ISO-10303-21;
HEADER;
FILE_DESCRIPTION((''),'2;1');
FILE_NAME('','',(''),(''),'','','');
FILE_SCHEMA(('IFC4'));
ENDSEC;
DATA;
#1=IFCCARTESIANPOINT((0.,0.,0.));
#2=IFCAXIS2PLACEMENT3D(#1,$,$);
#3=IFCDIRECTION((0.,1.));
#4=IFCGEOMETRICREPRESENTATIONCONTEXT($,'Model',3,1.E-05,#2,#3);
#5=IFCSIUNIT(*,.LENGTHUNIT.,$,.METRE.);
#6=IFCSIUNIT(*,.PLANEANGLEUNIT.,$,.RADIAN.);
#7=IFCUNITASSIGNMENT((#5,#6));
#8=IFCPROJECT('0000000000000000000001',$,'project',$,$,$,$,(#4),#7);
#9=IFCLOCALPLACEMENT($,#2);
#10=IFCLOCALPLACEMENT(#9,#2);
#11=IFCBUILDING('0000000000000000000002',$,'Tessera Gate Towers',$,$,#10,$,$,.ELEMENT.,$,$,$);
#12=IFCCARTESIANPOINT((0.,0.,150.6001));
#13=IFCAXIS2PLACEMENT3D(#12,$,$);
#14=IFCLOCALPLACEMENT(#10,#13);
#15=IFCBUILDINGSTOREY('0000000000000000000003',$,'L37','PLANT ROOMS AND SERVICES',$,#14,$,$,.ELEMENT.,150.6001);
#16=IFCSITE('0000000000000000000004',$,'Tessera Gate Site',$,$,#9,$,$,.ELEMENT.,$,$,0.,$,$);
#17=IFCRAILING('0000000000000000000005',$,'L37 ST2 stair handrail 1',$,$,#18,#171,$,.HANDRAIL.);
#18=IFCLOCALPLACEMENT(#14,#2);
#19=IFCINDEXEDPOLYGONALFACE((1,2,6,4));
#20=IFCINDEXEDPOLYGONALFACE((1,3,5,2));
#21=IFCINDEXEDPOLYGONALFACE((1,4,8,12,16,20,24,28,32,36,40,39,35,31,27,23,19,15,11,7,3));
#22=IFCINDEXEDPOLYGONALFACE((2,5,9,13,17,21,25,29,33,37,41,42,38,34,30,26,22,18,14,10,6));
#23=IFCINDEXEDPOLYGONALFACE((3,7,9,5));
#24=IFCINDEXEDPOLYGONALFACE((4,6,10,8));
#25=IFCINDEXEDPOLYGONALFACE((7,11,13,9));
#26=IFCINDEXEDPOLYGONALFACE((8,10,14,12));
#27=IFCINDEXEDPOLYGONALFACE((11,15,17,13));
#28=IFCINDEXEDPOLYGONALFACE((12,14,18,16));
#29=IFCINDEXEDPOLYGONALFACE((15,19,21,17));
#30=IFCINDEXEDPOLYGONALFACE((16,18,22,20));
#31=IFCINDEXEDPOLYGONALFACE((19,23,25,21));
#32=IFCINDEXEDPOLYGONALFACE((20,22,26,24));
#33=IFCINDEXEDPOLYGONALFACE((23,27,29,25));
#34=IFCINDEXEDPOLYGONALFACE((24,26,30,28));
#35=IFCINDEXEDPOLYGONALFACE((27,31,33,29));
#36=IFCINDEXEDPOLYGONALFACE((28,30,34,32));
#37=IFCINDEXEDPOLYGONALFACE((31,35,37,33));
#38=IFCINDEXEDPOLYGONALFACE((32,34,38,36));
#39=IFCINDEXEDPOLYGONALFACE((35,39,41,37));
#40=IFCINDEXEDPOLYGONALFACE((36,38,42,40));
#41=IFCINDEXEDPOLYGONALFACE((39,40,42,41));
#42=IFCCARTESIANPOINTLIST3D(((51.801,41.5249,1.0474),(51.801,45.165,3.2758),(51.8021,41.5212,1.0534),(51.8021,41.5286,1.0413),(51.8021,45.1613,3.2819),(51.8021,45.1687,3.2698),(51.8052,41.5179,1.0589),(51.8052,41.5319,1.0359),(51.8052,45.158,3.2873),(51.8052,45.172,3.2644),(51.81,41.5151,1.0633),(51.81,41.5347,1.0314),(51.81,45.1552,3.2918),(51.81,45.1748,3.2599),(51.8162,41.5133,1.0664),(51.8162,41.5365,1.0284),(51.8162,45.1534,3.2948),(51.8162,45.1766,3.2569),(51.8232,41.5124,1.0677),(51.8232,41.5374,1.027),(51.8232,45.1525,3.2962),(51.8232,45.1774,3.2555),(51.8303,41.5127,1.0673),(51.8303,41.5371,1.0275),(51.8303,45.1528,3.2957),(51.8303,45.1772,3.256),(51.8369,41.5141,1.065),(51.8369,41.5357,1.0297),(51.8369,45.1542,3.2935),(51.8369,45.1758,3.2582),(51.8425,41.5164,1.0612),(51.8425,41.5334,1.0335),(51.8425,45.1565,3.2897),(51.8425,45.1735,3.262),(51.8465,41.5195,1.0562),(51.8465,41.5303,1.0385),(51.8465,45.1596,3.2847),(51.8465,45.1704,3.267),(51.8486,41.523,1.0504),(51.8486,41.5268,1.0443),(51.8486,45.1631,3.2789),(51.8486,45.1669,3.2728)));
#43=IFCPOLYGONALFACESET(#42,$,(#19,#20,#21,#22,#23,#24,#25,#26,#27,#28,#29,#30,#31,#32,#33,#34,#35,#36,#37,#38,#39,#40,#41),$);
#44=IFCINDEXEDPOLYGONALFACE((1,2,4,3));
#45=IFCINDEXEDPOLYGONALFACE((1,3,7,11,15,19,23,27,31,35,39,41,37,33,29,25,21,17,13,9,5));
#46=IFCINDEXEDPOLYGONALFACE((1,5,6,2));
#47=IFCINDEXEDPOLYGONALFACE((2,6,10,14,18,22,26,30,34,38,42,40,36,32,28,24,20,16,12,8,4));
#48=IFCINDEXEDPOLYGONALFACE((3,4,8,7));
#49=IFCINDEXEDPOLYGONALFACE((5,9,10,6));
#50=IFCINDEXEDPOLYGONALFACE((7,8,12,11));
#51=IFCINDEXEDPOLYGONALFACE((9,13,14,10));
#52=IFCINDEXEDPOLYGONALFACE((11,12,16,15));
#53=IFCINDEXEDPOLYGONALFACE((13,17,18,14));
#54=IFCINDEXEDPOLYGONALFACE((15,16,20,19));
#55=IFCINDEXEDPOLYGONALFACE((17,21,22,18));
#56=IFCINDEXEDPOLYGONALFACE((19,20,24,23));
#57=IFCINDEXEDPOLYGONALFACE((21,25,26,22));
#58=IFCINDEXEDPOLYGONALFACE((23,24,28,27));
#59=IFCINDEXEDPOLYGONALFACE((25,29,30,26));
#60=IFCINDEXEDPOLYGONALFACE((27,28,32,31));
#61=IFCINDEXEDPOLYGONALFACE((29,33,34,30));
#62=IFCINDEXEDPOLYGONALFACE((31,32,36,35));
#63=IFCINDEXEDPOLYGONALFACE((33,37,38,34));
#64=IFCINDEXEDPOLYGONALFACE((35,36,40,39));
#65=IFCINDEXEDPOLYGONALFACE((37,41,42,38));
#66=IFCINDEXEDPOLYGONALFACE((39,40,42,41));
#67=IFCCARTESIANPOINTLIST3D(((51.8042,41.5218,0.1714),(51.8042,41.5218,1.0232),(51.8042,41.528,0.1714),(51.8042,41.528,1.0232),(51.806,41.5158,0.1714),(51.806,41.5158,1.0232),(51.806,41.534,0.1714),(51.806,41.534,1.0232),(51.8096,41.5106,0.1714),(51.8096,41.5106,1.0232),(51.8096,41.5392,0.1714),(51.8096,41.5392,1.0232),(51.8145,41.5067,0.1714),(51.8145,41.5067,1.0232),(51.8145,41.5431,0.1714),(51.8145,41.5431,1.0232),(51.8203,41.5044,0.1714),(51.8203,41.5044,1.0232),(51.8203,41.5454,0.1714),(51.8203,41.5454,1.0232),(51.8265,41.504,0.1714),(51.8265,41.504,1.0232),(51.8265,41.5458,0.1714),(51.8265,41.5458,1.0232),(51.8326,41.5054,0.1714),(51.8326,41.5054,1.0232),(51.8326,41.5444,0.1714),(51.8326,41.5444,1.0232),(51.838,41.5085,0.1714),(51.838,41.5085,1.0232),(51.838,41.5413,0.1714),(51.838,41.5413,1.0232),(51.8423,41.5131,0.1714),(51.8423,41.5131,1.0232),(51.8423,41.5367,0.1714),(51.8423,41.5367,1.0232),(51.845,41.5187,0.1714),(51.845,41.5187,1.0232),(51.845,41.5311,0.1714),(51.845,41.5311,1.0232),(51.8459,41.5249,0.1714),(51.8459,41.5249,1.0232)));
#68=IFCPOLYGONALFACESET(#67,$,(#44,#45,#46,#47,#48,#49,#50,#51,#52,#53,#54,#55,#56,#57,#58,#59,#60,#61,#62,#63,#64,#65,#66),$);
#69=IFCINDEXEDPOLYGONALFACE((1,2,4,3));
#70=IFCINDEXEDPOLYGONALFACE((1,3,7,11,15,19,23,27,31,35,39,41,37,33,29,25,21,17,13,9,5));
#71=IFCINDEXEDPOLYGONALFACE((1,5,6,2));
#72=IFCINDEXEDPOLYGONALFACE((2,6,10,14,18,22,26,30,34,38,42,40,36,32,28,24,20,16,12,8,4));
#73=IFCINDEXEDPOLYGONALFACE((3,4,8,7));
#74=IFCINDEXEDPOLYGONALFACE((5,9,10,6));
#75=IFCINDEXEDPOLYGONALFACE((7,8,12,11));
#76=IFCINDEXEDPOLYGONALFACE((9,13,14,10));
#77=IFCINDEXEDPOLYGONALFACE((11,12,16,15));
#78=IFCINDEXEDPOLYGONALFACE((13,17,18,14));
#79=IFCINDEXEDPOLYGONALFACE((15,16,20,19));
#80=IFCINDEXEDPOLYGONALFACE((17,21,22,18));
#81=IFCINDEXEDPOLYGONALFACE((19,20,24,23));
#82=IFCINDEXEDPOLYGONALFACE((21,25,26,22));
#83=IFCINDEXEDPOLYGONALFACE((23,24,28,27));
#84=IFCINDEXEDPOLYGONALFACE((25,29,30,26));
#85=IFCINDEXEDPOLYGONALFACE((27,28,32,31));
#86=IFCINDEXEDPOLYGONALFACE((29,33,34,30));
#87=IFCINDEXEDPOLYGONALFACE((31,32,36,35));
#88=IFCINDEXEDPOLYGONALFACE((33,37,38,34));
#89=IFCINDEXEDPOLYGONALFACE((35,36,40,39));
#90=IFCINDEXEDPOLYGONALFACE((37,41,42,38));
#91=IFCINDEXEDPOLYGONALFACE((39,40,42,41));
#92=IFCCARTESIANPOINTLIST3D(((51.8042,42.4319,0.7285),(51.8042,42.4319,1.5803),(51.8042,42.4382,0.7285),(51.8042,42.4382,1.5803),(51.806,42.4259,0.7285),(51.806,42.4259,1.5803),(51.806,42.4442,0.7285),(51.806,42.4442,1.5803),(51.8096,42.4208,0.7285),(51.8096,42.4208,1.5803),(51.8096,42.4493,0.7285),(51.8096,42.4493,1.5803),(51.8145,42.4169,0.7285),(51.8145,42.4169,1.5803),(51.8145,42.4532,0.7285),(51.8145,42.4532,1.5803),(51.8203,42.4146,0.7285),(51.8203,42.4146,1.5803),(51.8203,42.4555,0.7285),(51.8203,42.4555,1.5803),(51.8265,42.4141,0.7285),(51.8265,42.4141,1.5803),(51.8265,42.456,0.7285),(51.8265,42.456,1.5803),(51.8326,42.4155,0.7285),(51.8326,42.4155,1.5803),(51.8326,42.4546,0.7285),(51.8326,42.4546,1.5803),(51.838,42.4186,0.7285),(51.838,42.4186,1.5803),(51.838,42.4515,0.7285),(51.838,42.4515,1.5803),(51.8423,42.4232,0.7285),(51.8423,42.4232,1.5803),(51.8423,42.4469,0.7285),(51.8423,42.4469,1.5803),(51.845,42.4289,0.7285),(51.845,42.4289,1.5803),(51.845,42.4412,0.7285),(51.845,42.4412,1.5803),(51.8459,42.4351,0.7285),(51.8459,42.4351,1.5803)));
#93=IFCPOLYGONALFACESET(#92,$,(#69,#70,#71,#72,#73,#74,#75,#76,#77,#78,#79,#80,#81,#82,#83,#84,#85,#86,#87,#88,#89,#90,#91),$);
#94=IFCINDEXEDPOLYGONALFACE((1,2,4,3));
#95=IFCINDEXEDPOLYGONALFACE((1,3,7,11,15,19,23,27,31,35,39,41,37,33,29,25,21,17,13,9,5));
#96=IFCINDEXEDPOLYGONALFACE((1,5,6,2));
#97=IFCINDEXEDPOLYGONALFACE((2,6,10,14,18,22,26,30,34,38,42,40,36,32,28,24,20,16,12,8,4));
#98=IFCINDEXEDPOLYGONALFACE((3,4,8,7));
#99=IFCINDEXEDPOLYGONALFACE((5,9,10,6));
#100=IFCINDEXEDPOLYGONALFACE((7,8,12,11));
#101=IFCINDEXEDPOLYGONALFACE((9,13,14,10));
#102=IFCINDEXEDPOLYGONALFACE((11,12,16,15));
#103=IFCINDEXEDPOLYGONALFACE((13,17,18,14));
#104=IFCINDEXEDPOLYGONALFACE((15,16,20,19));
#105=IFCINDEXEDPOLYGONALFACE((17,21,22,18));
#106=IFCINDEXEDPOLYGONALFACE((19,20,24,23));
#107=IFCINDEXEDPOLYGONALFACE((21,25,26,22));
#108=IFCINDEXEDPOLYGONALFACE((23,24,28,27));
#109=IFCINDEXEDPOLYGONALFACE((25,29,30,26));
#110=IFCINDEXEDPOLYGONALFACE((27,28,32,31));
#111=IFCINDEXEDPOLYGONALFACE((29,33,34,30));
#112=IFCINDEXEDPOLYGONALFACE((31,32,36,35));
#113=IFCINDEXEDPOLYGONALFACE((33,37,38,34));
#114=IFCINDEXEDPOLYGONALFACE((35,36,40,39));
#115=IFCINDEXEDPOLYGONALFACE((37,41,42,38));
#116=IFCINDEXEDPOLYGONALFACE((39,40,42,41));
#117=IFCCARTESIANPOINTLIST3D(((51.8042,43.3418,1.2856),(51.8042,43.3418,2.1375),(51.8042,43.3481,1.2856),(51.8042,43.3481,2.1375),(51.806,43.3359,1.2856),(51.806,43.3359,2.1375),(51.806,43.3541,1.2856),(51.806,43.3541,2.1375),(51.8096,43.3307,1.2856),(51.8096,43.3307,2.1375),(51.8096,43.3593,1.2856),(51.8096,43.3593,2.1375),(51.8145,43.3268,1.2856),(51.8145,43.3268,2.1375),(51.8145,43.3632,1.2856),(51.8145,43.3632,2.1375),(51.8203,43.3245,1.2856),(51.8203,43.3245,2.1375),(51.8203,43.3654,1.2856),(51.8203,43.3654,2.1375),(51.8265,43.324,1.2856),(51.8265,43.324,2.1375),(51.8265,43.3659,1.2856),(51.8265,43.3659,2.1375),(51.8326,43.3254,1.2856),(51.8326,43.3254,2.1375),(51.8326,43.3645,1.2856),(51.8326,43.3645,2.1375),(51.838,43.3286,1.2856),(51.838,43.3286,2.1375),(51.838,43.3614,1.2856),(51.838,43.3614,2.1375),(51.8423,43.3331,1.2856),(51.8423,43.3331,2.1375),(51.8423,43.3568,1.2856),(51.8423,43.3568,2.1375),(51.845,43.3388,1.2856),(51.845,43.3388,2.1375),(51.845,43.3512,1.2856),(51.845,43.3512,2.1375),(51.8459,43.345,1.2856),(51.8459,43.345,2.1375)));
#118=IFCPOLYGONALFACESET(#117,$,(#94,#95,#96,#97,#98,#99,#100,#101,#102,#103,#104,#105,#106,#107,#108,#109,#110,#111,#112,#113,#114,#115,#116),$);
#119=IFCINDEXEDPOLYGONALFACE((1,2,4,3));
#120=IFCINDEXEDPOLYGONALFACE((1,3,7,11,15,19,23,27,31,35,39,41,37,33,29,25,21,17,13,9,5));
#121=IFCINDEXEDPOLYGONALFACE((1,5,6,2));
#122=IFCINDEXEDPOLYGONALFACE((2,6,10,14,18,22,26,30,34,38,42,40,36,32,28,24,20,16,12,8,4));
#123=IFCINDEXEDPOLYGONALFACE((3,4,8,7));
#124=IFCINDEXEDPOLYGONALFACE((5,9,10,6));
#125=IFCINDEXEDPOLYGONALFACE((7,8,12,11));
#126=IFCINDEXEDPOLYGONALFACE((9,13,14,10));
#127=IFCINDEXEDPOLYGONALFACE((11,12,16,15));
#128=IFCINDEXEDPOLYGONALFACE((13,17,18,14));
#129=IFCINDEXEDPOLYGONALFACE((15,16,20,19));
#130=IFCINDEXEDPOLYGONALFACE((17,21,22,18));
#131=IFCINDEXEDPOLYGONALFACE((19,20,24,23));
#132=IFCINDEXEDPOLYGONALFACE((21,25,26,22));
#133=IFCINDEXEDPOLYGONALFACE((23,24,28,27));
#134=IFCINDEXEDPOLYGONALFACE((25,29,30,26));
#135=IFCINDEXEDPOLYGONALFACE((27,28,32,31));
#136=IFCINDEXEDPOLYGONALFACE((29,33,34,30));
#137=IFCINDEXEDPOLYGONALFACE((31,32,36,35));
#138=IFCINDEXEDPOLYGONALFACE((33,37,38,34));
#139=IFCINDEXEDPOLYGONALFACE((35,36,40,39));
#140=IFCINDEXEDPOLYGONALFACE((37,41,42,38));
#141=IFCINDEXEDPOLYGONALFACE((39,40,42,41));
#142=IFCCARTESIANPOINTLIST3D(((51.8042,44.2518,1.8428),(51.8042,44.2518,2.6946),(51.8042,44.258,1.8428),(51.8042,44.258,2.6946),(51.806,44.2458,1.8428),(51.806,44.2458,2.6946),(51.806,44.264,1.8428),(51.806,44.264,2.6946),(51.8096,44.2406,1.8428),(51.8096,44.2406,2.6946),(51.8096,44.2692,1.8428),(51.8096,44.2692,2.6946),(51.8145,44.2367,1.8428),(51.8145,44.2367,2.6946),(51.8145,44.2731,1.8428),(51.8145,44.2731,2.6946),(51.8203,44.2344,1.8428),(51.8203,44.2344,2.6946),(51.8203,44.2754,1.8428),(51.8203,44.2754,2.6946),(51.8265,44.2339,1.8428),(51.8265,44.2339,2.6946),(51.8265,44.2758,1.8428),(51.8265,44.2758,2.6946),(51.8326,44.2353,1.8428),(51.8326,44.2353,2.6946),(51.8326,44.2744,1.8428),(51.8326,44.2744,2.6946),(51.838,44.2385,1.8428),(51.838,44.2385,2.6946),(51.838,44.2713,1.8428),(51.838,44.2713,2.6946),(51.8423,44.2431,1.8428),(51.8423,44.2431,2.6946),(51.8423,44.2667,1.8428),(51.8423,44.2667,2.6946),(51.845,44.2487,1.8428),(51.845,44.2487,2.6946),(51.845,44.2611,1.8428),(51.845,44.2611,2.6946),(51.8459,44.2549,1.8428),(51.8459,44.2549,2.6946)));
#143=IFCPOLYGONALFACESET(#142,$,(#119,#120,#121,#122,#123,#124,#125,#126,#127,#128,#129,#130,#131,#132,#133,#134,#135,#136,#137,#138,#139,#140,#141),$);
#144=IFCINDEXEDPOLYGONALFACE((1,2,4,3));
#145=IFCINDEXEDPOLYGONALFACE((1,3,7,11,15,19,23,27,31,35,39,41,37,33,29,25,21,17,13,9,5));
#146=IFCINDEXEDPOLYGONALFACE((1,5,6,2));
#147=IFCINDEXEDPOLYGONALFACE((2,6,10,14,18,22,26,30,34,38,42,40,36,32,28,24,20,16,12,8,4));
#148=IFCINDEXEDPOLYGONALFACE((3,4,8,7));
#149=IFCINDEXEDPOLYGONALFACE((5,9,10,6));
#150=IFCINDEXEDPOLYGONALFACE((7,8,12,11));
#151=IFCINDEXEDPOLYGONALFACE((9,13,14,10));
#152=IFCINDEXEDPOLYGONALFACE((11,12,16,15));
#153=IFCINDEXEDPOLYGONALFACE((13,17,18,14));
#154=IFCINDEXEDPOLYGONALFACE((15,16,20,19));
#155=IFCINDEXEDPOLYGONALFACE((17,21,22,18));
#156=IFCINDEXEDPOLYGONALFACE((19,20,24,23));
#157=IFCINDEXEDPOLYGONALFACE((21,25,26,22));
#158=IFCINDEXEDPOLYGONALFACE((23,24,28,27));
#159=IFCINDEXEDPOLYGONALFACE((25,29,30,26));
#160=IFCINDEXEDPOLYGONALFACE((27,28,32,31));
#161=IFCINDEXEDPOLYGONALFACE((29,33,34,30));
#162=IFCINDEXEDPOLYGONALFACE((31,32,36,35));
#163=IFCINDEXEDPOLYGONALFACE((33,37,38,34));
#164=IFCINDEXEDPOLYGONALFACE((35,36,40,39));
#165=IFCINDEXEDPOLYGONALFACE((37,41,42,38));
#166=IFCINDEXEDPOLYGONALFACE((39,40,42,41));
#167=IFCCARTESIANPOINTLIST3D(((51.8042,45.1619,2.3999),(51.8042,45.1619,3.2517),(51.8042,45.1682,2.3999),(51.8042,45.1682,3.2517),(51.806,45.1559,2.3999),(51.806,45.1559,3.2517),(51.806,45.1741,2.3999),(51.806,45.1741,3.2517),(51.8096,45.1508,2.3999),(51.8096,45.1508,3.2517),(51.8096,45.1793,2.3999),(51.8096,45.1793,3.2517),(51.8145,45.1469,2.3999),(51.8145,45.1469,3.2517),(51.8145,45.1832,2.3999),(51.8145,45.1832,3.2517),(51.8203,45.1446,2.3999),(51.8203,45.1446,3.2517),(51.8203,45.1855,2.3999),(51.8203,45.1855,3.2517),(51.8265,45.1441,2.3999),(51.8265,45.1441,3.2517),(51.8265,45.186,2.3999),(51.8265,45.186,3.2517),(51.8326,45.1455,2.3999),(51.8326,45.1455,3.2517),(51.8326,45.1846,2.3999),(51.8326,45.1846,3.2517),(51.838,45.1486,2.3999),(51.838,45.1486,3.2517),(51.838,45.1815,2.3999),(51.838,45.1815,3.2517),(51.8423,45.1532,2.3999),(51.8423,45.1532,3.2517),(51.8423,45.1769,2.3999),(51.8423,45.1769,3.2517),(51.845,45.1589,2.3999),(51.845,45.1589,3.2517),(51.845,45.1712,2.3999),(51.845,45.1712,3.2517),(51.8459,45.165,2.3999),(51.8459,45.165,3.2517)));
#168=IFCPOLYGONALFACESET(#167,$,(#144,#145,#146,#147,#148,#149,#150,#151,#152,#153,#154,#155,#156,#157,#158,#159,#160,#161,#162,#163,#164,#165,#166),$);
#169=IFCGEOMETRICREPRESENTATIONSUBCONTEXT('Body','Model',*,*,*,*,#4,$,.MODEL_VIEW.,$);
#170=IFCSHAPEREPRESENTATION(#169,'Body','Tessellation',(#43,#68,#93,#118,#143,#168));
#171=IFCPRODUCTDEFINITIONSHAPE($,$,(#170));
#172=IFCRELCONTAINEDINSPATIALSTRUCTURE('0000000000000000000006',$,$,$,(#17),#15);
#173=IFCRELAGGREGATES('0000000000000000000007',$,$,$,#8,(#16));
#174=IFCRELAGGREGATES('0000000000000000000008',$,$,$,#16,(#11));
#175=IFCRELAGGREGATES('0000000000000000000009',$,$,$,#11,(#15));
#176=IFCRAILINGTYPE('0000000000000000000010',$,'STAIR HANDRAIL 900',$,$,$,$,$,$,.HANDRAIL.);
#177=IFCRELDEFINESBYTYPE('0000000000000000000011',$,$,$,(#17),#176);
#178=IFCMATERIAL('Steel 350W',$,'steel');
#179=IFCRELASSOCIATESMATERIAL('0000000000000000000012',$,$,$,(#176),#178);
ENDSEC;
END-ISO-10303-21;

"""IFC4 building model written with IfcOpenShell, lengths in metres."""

from ifc_helpers import new_model, si_unit, direction, frame, origin, origin_2d, place, context, subcontext, project, spatial, circle, extrude, material, type_object, element, save


model = new_model("IFC4")

# Units and contexts
model_context = context("Model", 3, precision=1e-05, world=origin(), true_north=direction((0.0, 1.0)))
body_context = subcontext(model_context, "Body", "Model", "MODEL_VIEW")
ifc_project = project(units=[si_unit("LENGTHUNIT", "METRE"), si_unit("PLANEANGLEUNIT", "RADIAN")], contexts=[model_context])

# Site, building, storey
site_placement = place(None, origin())
site = spatial("IfcSite", under=ifc_project, at=site_placement, Name="Tessera Gate Site", CompositionType="ELEMENT", RefElevation=0.0)
building_placement = place(site_placement, origin())
building = spatial("IfcBuilding", under=site, at=building_placement, Name="Tessera Gate Towers", CompositionType="ELEMENT")
storey_placement = place(building_placement, frame((0.0, 0.0, 150.6001)))
storey = spatial("IfcBuildingStorey", under=building, at=storey_placement, Name="L37", Description="PLANT ROOMS AND SERVICES", CompositionType="ELEMENT", Elevation=150.6001)

# Railing
ifc_material_1 = material(Name="Steel 350W", Category="steel")
railing_type_1 = type_object("IfcRailingType", Name="STAIR HANDRAIL 900", PredefinedType="HANDRAIL", material=ifc_material_1)
railing_1_placement = place(storey_placement, frame((51.825, 41.5249, 0.1714)))
element("IfcRailing", 1, at=railing_1_placement, inside=storey, type_object=railing_type_1, Name="L37 ST2 stair handrail 1", PredefinedType="HANDRAIL", context=body_context, shape_type="SweptSolid", body=[
    extrude(circle(Radius=0.0239, at=origin_2d()), frame((0.0, 0.0, 0.876), z_axis=(0.0, 0.852866, 0.52213), x_axis=(-1.0, 0.0, 0.0)), (0.0, 0.0, 1.0), 4.2681),
    extrude(circle(Radius=0.021, at=origin_2d()), origin(), (0.0, 0.0, 1.0), 0.8518),
    extrude(circle(Radius=0.021, at=origin_2d()), frame((0.0, 0.9102, 0.5571)), (0.0, 0.0, 1.0), 0.8518),
    extrude(circle(Radius=0.021, at=origin_2d()), frame((0.0, 1.8201, 1.1143)), (0.0, 0.0, 1.0), 0.8518),
    extrude(circle(Radius=0.021, at=origin_2d()), frame((0.0, 2.73, 1.6714)), (0.0, 0.0, 1.0), 0.8518),
    extrude(circle(Radius=0.021, at=origin_2d()), frame((0.0, 3.6401, 2.2285)), (0.0, 0.0, 1.0), 0.8518),
])

save(model, "model.ifc")
